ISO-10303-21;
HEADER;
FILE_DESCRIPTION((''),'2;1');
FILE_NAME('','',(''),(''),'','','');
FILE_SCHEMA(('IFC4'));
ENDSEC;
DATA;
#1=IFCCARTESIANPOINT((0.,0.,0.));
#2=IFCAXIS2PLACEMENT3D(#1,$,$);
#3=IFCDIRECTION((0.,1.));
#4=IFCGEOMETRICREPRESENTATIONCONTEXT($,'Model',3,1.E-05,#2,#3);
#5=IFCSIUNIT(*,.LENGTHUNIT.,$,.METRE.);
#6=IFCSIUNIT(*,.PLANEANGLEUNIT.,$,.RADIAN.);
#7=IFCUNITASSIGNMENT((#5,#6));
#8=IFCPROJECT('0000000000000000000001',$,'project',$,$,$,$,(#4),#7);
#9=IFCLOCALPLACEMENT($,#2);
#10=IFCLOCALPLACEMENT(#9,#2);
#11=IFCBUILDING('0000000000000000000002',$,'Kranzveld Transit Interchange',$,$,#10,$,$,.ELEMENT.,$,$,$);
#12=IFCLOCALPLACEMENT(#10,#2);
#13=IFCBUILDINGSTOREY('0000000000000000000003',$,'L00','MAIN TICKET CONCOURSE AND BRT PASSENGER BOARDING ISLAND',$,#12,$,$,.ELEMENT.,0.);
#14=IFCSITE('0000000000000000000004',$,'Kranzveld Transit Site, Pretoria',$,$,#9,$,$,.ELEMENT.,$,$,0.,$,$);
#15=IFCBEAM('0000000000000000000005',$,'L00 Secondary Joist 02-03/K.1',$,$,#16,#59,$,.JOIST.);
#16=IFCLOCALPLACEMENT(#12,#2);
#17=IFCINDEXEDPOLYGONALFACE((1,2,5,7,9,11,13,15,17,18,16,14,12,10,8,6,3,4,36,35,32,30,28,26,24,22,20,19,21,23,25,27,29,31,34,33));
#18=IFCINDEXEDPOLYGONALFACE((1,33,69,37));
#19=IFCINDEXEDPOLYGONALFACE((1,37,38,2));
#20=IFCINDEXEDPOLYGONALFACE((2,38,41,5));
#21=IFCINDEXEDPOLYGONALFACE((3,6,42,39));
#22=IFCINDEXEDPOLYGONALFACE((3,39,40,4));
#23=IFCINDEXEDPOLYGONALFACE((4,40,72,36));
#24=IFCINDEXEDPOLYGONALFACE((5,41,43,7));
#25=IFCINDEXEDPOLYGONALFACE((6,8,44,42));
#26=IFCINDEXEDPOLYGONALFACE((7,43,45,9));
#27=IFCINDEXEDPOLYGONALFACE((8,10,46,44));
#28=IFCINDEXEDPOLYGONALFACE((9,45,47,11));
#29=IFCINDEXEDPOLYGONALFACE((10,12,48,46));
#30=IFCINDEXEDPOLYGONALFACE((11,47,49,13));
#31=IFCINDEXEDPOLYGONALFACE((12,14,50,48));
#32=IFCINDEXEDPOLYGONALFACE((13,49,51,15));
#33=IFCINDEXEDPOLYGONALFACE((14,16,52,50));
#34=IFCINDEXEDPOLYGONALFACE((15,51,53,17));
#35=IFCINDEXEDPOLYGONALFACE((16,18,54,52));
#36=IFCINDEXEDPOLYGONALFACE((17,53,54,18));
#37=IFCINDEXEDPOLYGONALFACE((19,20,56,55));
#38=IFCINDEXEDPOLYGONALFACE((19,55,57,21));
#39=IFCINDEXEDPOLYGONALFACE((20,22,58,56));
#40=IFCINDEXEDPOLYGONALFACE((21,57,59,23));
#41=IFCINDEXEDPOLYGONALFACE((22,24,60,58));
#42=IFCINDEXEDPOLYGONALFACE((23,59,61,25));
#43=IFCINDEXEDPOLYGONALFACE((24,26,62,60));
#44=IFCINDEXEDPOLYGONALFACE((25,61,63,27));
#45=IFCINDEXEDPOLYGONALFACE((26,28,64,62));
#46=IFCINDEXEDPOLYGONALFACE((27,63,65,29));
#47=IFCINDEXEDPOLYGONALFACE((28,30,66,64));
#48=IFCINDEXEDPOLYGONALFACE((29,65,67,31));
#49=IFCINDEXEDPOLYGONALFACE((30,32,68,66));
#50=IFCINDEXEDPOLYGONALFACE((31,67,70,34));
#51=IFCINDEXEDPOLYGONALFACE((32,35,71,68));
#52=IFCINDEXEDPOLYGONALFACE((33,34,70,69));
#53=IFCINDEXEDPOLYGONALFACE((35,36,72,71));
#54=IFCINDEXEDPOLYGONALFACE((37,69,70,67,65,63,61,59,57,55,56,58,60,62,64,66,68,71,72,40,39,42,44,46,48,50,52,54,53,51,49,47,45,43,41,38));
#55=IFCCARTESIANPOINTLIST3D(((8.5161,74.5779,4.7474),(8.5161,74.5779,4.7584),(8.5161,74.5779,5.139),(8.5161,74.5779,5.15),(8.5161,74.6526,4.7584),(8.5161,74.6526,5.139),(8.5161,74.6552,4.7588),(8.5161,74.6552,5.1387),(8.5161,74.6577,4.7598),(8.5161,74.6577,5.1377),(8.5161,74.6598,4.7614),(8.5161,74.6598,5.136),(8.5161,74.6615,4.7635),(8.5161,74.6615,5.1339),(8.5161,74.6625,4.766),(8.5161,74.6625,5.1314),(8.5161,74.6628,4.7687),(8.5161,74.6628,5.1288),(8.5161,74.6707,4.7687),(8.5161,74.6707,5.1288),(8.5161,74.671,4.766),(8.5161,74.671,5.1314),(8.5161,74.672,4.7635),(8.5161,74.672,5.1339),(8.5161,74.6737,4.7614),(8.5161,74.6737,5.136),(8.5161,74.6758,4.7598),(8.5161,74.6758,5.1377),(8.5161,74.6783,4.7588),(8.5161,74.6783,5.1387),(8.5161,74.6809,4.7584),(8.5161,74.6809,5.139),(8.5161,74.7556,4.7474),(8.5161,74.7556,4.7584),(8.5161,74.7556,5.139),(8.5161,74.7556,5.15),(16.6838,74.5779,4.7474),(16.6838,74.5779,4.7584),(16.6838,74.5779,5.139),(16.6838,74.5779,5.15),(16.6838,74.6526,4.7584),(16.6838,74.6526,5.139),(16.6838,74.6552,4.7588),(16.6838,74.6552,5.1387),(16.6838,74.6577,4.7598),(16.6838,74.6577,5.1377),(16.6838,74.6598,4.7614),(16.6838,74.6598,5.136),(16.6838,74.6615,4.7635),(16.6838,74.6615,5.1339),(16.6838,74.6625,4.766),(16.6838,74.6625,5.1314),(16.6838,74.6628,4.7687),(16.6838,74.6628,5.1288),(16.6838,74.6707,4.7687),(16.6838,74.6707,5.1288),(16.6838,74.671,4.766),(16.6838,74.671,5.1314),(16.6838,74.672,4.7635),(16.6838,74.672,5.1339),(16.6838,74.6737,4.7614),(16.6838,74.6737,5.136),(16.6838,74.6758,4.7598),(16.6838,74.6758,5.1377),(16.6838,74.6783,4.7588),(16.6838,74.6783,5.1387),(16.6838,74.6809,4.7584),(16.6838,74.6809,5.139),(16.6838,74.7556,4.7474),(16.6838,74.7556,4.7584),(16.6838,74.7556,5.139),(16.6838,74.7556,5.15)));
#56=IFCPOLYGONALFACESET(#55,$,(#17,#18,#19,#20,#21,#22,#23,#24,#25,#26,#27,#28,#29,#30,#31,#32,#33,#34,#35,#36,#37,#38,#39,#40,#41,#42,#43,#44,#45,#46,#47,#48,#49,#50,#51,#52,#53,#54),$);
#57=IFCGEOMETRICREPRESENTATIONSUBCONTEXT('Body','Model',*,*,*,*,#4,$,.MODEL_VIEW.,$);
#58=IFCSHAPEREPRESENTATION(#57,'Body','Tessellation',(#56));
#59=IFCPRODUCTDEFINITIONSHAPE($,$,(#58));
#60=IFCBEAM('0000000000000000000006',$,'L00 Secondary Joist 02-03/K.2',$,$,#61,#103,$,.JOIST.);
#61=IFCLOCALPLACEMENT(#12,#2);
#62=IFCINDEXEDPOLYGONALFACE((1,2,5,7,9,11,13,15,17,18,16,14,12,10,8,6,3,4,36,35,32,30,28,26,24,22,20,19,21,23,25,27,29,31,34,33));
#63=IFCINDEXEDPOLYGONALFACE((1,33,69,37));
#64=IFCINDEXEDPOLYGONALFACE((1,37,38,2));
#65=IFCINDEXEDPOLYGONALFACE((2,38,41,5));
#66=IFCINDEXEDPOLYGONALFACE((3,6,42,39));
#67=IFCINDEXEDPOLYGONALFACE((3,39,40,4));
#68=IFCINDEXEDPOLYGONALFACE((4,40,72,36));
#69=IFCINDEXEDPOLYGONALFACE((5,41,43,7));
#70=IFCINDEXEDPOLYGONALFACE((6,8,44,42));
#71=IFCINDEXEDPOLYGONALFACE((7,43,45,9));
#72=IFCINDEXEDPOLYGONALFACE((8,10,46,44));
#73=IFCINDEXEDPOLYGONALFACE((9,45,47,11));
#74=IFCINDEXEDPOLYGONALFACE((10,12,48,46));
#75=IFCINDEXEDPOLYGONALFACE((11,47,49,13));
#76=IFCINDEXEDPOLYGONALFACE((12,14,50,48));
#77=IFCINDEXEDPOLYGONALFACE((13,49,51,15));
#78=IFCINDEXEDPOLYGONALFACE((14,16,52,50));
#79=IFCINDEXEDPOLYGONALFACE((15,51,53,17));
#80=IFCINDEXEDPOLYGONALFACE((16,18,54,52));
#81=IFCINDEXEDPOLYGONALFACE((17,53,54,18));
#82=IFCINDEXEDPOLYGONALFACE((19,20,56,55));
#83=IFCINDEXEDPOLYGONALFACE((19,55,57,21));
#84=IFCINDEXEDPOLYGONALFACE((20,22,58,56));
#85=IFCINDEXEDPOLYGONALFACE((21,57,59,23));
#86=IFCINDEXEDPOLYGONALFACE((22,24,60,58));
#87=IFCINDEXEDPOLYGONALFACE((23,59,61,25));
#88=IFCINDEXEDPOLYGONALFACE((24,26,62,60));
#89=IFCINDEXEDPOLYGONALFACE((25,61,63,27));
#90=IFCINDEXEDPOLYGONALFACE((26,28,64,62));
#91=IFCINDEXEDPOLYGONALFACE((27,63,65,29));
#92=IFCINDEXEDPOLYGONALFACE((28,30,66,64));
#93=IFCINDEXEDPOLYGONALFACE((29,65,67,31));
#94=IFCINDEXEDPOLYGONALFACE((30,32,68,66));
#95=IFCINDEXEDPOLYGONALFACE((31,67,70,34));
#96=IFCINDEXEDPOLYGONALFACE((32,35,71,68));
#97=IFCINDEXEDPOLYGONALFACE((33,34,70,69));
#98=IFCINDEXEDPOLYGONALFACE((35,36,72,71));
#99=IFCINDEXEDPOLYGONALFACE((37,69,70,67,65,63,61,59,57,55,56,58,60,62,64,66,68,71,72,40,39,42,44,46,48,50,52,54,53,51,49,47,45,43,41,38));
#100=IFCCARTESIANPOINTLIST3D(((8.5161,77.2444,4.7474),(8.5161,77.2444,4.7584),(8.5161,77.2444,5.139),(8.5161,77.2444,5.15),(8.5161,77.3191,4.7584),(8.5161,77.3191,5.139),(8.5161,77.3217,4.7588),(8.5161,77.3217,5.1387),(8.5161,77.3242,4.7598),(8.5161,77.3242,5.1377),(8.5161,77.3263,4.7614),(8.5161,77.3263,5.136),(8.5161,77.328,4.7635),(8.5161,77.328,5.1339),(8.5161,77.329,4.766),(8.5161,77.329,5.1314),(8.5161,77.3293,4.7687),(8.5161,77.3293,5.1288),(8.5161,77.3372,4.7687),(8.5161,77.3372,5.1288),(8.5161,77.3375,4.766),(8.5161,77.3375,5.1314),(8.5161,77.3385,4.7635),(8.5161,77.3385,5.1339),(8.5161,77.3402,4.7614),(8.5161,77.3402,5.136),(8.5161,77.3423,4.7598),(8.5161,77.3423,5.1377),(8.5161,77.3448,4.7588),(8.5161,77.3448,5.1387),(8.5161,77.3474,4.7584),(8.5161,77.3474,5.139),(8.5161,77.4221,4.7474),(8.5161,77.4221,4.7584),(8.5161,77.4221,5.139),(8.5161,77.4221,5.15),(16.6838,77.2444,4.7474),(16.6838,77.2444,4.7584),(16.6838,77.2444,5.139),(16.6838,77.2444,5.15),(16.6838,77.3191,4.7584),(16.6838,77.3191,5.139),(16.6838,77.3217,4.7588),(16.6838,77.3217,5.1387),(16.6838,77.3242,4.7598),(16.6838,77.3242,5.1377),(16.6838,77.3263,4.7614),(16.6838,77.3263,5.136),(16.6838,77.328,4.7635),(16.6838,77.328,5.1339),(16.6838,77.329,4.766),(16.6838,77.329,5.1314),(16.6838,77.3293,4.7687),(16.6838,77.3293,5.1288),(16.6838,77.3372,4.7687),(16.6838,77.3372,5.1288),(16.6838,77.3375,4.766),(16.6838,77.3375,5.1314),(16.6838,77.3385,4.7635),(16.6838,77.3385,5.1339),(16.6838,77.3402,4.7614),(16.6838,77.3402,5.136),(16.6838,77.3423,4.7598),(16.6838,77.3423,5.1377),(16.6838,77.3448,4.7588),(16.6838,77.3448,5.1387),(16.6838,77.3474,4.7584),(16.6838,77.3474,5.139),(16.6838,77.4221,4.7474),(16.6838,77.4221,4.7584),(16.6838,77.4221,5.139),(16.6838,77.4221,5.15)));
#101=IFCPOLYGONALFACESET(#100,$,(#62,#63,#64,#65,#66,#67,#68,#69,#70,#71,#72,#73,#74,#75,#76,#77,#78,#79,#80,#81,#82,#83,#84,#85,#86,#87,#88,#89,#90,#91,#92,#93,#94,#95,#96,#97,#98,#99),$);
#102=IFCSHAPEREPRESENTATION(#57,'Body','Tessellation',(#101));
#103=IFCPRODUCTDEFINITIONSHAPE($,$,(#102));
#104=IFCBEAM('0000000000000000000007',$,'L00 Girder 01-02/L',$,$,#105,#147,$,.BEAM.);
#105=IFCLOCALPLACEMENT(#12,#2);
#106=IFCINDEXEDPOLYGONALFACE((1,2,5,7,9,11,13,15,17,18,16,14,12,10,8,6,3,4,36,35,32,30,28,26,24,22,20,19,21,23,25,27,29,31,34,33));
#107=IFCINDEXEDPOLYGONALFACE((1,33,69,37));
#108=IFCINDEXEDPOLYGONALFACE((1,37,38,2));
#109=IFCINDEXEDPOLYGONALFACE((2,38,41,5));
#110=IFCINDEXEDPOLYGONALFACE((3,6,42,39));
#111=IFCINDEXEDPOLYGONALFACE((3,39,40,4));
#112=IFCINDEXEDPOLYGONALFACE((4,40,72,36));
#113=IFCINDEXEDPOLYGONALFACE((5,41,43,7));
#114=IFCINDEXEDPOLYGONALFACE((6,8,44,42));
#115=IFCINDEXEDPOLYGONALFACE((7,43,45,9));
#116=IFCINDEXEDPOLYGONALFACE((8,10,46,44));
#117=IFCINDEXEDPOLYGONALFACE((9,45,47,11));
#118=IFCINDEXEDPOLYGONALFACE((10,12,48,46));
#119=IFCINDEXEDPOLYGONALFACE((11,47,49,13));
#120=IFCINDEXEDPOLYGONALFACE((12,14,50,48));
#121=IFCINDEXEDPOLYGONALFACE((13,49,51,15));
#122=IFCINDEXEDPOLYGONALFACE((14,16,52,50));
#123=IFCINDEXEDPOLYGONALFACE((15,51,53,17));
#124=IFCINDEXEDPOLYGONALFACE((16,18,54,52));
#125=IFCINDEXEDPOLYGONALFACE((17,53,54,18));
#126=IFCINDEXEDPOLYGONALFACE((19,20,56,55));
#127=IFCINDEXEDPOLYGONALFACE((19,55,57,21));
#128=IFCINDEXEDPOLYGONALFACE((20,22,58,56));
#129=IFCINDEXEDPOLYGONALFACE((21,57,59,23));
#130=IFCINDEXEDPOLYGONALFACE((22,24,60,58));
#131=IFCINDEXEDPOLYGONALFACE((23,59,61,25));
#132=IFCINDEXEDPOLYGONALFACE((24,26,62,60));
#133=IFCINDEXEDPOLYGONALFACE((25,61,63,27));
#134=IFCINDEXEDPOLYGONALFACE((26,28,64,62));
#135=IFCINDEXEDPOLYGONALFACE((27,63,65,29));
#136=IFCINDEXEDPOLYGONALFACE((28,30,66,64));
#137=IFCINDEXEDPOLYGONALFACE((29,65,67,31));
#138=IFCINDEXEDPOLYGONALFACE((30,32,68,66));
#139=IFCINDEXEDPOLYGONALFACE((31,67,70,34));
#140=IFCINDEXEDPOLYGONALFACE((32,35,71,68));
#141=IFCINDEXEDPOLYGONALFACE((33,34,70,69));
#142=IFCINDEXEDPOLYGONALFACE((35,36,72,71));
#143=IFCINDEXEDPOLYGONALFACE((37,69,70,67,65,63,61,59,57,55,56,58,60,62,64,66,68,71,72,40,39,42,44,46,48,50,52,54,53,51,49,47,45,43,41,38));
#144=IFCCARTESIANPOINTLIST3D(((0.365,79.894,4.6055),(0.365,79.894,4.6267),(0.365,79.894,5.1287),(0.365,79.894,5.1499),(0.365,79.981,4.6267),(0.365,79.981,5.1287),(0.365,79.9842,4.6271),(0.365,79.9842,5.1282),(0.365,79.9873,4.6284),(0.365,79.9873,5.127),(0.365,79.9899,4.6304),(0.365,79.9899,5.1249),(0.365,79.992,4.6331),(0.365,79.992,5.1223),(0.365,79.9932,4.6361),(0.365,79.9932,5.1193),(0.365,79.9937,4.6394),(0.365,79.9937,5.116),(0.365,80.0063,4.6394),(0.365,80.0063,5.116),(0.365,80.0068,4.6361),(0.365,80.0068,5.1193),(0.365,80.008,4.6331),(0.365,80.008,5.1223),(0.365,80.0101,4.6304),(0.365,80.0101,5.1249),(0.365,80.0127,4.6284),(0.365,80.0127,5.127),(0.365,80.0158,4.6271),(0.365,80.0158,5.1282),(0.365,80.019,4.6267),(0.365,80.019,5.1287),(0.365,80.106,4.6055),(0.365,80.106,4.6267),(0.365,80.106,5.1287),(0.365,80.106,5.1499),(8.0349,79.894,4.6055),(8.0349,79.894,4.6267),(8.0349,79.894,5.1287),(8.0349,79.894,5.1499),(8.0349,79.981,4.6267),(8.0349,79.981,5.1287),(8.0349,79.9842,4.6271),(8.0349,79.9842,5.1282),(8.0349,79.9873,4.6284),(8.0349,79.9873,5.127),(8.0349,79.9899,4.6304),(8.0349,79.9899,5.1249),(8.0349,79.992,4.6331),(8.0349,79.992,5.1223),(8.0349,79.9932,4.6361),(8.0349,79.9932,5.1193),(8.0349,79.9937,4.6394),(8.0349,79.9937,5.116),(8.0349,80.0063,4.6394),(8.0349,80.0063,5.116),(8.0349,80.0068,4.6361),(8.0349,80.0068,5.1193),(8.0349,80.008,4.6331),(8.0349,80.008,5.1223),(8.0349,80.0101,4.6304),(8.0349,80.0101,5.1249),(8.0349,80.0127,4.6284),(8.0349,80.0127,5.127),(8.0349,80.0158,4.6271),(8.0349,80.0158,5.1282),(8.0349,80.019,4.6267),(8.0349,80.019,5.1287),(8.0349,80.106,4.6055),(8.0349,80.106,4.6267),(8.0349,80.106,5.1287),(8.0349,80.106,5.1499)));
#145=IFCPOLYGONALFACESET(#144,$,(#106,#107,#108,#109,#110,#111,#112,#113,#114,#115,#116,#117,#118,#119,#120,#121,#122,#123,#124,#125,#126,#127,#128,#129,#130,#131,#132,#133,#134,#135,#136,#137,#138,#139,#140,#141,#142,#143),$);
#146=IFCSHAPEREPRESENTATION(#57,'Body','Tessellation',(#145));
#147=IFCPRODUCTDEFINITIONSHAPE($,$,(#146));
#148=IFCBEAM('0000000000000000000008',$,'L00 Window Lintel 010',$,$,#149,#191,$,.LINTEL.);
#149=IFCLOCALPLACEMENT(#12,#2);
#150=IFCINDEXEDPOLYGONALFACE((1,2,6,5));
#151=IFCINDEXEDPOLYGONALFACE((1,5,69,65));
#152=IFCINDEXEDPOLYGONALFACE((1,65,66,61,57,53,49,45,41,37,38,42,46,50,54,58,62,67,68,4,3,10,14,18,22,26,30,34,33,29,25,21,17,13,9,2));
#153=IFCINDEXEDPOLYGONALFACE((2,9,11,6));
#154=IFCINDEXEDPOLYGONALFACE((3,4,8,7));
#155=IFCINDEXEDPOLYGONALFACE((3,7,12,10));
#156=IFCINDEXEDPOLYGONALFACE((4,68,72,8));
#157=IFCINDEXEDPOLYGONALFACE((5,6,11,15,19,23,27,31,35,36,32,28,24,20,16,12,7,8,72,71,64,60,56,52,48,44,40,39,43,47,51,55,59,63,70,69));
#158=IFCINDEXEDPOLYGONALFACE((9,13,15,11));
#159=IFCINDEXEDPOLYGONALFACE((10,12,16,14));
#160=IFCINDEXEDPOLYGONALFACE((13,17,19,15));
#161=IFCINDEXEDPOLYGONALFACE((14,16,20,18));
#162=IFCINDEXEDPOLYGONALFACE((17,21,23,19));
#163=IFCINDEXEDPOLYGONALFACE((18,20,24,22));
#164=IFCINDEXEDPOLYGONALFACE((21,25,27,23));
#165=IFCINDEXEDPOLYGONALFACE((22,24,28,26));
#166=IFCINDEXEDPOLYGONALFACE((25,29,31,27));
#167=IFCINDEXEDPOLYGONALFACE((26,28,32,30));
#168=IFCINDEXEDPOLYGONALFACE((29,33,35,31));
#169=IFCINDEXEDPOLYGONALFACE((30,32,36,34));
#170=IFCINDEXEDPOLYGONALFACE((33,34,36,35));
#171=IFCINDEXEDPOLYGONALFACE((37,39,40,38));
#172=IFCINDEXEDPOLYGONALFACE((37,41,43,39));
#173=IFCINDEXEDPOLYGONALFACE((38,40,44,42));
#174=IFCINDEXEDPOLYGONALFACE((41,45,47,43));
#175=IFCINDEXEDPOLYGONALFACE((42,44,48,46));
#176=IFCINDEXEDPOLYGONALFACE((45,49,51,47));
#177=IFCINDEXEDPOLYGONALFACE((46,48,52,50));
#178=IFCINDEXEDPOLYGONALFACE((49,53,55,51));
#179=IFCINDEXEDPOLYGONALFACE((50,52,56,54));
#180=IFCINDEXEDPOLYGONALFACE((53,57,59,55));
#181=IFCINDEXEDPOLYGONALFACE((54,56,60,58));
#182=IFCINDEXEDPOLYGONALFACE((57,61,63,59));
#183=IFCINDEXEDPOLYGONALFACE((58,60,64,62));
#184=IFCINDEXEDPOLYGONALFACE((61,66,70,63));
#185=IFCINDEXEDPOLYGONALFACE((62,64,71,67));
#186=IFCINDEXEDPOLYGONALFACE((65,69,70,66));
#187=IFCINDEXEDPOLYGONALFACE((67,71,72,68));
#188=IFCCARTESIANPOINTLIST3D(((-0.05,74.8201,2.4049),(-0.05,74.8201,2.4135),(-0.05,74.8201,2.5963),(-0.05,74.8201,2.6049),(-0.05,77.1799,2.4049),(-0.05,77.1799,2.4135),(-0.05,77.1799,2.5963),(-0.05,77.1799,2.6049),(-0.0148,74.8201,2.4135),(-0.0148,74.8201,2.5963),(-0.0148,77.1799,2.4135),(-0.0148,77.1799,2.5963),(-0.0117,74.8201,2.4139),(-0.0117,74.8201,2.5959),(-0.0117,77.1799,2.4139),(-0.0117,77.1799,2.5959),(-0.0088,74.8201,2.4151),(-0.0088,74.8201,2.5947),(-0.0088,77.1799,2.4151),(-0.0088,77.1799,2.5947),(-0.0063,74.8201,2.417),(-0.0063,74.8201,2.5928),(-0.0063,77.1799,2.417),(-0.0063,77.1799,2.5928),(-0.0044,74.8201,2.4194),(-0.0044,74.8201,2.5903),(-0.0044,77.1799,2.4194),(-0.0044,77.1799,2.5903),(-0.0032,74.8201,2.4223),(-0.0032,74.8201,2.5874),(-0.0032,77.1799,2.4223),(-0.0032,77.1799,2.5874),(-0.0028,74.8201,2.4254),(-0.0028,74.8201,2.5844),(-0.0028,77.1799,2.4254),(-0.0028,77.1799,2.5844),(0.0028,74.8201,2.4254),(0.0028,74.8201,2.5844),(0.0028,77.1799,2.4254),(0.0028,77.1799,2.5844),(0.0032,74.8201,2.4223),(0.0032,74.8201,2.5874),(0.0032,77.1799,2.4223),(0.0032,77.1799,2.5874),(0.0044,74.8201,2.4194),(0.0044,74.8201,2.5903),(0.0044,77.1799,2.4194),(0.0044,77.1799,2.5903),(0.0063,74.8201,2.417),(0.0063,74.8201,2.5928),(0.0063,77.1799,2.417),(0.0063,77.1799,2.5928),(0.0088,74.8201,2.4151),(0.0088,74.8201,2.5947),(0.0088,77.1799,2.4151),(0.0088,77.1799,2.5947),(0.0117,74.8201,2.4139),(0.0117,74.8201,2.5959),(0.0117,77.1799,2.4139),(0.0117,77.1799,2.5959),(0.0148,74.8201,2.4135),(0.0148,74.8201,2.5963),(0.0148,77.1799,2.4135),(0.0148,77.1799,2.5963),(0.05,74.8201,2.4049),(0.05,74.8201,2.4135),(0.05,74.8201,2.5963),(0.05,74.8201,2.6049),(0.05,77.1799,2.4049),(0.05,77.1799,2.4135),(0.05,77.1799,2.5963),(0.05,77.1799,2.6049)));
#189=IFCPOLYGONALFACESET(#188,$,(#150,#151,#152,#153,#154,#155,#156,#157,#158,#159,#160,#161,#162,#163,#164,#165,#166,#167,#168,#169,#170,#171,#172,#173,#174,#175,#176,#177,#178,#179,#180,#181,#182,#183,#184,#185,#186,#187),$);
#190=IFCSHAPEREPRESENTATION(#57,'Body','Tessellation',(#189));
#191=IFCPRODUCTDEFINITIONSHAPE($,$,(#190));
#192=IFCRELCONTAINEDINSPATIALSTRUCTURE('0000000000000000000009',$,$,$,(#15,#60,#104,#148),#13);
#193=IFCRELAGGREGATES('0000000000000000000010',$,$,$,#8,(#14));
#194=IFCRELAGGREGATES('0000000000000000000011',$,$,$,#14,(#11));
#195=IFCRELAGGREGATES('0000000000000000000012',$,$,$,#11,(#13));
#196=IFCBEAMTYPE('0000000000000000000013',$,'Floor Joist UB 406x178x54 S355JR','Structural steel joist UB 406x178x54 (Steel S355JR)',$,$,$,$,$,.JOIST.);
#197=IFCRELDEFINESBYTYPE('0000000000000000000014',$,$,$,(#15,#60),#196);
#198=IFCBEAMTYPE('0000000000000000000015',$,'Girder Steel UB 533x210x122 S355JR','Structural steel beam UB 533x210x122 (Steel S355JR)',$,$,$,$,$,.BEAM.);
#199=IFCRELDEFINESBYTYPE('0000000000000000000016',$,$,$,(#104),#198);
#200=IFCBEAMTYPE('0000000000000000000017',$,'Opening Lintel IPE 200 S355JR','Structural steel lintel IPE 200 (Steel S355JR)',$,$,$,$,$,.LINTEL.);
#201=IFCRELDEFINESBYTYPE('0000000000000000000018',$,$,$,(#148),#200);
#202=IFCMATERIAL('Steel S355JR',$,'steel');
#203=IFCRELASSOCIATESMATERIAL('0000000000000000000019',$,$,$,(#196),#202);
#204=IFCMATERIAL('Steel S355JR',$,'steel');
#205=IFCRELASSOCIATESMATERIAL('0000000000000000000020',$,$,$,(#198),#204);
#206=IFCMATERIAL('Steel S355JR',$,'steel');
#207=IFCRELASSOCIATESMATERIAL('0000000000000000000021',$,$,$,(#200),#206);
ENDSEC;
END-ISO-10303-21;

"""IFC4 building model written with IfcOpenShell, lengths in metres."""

from ifc_helpers import new_model, si_unit, direction, frame, origin, origin_2d, place, context, subcontext, project, spatial, i_section, extrude, material, material_profile, profile_set, type_object, element, save


model = new_model("IFC4")

# Units and contexts
model_context = context("Model", 3, precision=1e-05, world=origin(), true_north=direction((0.0, 1.0)))
body_context = subcontext(model_context, "Body", "Model", "MODEL_VIEW")
ifc_project = project(units=[si_unit("LENGTHUNIT", "METRE"), si_unit("PLANEANGLEUNIT", "RADIAN")], contexts=[model_context])

# Site, building, storey
site_placement = place(None, origin())
site = spatial("IfcSite", under=ifc_project, at=site_placement, Name="Kranzveld Transit Site, Pretoria", CompositionType="ELEMENT", RefElevation=0.0)
building_placement = place(site_placement, origin())
building = spatial("IfcBuilding", under=site, at=building_placement, Name="Kranzveld Transit Interchange", CompositionType="ELEMENT")
storey_placement = place(building_placement, origin())
storey = spatial("IfcBuildingStorey", under=building, at=storey_placement, Name="L00", Description="MAIN TICKET CONCOURSE AND BRT PASSENGER BOARDING ISLAND", CompositionType="ELEMENT", Elevation=0.0)

# Beams
ifc_material_1 = material(Name="Steel S355JR", Category="steel")
ifc_material_profile_1 = material_profile(ifc_material_1, i_section(OverallWidth=0.1777, OverallDepth=0.4026, WebThickness=0.0078, FlangeThickness=0.011, FilletRadius=0.0103, at=origin_2d()), Name="UB 406x178x54")
ifc_profile_set_1 = profile_set([ifc_material_profile_1], Name="Steel S355JR")
beam_type_1 = type_object("IfcBeamType", Name="Floor Joist UB 406x178x54 S355JR", Description="Structural steel joist UB 406x178x54 (Steel S355JR)", PredefinedType="JOIST", material=ifc_profile_set_1)
for number, where, z_axis, x_axis, name in (
    (1, (8.5161, 74.6667, 4.9487), (1.0, 0.0, 0.0), (0.0, 1.0, 0.0), "L00 Secondary Joist 02-03/K.1"),
    (2, (8.5161, 77.3333, 4.9487), (1.0, 0.0, 0.0), (0.0, 1.0, 0.0), "L00 Secondary Joist 02-03/K.2"),
):
    element("IfcBeam", number, at=place(storey_placement, frame(where, z_axis=z_axis, x_axis=x_axis)), inside=storey, type_object=beam_type_1, Name=name, PredefinedType="JOIST", context=body_context, shape_type="SweptSolid", body=[
        extrude(i_section(OverallWidth=0.1777, OverallDepth=0.4026, WebThickness=0.0078, FlangeThickness=0.011, FilletRadius=0.0103, at=origin_2d()), origin(), (0.0, 0.0, 1.0), 8.1677),
    ])
ifc_material_2 = material(Name="Steel S355JR", Category="steel")
ifc_material_profile_2 = material_profile(ifc_material_2, i_section(OverallWidth=0.2119, OverallDepth=0.5444, WebThickness=0.0127, FlangeThickness=0.0212, FilletRadius=0.0127, at=origin_2d()), Name="UB 533x210x122")
ifc_profile_set_2 = profile_set([ifc_material_profile_2], Name="Steel S355JR")
beam_type_2 = type_object("IfcBeamType", Name="Girder Steel UB 533x210x122 S355JR", Description="Structural steel beam UB 533x210x122 (Steel S355JR)", PredefinedType="BEAM", material=ifc_profile_set_2)
beam_1_placement = place(storey_placement, frame((0.365, 80.0, 4.8777), z_axis=(1.0, 0.0, 0.0), x_axis=(0.0, 1.0, 0.0)))
element("IfcBeam", 3, at=beam_1_placement, inside=storey, type_object=beam_type_2, Name="L00 Girder 01-02/L", PredefinedType="BEAM", context=body_context, shape_type="SweptSolid", body=[
    extrude(i_section(OverallWidth=0.2119, OverallDepth=0.5444, WebThickness=0.0127, FlangeThickness=0.0212, FilletRadius=0.0127, at=origin_2d()), origin(), (0.0, 0.0, 1.0), 7.6699),
])
ifc_material_3 = material(Name="Steel S355JR", Category="steel")
ifc_material_profile_3 = material_profile(ifc_material_3, i_section(OverallWidth=0.1001, OverallDepth=0.2, WebThickness=0.0056, FlangeThickness=0.0085, FilletRadius=0.012, at=origin_2d()), Name="IPE 200")
ifc_profile_set_3 = profile_set([ifc_material_profile_3], Name="Steel S355JR")
beam_type_3 = type_object("IfcBeamType", Name="Opening Lintel IPE 200 S355JR", Description="Structural steel lintel IPE 200 (Steel S355JR)", PredefinedType="LINTEL", material=ifc_profile_set_3)
beam_2_placement = place(storey_placement, frame((0.0, 74.8201, 2.5049), z_axis=(0.0, 1.0, 0.0), x_axis=(-1.0, 0.0, 0.0)))
element("IfcBeam", 4, at=beam_2_placement, inside=storey, type_object=beam_type_3, Name="L00 Window Lintel 010", PredefinedType="LINTEL", context=body_context, shape_type="SweptSolid", body=[
    extrude(i_section(OverallWidth=0.1001, OverallDepth=0.2, WebThickness=0.0056, FlangeThickness=0.0085, FilletRadius=0.012, at=origin_2d()), origin(), (0.0, 0.0, 1.0), 2.3599),
])

save(model, "model.ifc")
